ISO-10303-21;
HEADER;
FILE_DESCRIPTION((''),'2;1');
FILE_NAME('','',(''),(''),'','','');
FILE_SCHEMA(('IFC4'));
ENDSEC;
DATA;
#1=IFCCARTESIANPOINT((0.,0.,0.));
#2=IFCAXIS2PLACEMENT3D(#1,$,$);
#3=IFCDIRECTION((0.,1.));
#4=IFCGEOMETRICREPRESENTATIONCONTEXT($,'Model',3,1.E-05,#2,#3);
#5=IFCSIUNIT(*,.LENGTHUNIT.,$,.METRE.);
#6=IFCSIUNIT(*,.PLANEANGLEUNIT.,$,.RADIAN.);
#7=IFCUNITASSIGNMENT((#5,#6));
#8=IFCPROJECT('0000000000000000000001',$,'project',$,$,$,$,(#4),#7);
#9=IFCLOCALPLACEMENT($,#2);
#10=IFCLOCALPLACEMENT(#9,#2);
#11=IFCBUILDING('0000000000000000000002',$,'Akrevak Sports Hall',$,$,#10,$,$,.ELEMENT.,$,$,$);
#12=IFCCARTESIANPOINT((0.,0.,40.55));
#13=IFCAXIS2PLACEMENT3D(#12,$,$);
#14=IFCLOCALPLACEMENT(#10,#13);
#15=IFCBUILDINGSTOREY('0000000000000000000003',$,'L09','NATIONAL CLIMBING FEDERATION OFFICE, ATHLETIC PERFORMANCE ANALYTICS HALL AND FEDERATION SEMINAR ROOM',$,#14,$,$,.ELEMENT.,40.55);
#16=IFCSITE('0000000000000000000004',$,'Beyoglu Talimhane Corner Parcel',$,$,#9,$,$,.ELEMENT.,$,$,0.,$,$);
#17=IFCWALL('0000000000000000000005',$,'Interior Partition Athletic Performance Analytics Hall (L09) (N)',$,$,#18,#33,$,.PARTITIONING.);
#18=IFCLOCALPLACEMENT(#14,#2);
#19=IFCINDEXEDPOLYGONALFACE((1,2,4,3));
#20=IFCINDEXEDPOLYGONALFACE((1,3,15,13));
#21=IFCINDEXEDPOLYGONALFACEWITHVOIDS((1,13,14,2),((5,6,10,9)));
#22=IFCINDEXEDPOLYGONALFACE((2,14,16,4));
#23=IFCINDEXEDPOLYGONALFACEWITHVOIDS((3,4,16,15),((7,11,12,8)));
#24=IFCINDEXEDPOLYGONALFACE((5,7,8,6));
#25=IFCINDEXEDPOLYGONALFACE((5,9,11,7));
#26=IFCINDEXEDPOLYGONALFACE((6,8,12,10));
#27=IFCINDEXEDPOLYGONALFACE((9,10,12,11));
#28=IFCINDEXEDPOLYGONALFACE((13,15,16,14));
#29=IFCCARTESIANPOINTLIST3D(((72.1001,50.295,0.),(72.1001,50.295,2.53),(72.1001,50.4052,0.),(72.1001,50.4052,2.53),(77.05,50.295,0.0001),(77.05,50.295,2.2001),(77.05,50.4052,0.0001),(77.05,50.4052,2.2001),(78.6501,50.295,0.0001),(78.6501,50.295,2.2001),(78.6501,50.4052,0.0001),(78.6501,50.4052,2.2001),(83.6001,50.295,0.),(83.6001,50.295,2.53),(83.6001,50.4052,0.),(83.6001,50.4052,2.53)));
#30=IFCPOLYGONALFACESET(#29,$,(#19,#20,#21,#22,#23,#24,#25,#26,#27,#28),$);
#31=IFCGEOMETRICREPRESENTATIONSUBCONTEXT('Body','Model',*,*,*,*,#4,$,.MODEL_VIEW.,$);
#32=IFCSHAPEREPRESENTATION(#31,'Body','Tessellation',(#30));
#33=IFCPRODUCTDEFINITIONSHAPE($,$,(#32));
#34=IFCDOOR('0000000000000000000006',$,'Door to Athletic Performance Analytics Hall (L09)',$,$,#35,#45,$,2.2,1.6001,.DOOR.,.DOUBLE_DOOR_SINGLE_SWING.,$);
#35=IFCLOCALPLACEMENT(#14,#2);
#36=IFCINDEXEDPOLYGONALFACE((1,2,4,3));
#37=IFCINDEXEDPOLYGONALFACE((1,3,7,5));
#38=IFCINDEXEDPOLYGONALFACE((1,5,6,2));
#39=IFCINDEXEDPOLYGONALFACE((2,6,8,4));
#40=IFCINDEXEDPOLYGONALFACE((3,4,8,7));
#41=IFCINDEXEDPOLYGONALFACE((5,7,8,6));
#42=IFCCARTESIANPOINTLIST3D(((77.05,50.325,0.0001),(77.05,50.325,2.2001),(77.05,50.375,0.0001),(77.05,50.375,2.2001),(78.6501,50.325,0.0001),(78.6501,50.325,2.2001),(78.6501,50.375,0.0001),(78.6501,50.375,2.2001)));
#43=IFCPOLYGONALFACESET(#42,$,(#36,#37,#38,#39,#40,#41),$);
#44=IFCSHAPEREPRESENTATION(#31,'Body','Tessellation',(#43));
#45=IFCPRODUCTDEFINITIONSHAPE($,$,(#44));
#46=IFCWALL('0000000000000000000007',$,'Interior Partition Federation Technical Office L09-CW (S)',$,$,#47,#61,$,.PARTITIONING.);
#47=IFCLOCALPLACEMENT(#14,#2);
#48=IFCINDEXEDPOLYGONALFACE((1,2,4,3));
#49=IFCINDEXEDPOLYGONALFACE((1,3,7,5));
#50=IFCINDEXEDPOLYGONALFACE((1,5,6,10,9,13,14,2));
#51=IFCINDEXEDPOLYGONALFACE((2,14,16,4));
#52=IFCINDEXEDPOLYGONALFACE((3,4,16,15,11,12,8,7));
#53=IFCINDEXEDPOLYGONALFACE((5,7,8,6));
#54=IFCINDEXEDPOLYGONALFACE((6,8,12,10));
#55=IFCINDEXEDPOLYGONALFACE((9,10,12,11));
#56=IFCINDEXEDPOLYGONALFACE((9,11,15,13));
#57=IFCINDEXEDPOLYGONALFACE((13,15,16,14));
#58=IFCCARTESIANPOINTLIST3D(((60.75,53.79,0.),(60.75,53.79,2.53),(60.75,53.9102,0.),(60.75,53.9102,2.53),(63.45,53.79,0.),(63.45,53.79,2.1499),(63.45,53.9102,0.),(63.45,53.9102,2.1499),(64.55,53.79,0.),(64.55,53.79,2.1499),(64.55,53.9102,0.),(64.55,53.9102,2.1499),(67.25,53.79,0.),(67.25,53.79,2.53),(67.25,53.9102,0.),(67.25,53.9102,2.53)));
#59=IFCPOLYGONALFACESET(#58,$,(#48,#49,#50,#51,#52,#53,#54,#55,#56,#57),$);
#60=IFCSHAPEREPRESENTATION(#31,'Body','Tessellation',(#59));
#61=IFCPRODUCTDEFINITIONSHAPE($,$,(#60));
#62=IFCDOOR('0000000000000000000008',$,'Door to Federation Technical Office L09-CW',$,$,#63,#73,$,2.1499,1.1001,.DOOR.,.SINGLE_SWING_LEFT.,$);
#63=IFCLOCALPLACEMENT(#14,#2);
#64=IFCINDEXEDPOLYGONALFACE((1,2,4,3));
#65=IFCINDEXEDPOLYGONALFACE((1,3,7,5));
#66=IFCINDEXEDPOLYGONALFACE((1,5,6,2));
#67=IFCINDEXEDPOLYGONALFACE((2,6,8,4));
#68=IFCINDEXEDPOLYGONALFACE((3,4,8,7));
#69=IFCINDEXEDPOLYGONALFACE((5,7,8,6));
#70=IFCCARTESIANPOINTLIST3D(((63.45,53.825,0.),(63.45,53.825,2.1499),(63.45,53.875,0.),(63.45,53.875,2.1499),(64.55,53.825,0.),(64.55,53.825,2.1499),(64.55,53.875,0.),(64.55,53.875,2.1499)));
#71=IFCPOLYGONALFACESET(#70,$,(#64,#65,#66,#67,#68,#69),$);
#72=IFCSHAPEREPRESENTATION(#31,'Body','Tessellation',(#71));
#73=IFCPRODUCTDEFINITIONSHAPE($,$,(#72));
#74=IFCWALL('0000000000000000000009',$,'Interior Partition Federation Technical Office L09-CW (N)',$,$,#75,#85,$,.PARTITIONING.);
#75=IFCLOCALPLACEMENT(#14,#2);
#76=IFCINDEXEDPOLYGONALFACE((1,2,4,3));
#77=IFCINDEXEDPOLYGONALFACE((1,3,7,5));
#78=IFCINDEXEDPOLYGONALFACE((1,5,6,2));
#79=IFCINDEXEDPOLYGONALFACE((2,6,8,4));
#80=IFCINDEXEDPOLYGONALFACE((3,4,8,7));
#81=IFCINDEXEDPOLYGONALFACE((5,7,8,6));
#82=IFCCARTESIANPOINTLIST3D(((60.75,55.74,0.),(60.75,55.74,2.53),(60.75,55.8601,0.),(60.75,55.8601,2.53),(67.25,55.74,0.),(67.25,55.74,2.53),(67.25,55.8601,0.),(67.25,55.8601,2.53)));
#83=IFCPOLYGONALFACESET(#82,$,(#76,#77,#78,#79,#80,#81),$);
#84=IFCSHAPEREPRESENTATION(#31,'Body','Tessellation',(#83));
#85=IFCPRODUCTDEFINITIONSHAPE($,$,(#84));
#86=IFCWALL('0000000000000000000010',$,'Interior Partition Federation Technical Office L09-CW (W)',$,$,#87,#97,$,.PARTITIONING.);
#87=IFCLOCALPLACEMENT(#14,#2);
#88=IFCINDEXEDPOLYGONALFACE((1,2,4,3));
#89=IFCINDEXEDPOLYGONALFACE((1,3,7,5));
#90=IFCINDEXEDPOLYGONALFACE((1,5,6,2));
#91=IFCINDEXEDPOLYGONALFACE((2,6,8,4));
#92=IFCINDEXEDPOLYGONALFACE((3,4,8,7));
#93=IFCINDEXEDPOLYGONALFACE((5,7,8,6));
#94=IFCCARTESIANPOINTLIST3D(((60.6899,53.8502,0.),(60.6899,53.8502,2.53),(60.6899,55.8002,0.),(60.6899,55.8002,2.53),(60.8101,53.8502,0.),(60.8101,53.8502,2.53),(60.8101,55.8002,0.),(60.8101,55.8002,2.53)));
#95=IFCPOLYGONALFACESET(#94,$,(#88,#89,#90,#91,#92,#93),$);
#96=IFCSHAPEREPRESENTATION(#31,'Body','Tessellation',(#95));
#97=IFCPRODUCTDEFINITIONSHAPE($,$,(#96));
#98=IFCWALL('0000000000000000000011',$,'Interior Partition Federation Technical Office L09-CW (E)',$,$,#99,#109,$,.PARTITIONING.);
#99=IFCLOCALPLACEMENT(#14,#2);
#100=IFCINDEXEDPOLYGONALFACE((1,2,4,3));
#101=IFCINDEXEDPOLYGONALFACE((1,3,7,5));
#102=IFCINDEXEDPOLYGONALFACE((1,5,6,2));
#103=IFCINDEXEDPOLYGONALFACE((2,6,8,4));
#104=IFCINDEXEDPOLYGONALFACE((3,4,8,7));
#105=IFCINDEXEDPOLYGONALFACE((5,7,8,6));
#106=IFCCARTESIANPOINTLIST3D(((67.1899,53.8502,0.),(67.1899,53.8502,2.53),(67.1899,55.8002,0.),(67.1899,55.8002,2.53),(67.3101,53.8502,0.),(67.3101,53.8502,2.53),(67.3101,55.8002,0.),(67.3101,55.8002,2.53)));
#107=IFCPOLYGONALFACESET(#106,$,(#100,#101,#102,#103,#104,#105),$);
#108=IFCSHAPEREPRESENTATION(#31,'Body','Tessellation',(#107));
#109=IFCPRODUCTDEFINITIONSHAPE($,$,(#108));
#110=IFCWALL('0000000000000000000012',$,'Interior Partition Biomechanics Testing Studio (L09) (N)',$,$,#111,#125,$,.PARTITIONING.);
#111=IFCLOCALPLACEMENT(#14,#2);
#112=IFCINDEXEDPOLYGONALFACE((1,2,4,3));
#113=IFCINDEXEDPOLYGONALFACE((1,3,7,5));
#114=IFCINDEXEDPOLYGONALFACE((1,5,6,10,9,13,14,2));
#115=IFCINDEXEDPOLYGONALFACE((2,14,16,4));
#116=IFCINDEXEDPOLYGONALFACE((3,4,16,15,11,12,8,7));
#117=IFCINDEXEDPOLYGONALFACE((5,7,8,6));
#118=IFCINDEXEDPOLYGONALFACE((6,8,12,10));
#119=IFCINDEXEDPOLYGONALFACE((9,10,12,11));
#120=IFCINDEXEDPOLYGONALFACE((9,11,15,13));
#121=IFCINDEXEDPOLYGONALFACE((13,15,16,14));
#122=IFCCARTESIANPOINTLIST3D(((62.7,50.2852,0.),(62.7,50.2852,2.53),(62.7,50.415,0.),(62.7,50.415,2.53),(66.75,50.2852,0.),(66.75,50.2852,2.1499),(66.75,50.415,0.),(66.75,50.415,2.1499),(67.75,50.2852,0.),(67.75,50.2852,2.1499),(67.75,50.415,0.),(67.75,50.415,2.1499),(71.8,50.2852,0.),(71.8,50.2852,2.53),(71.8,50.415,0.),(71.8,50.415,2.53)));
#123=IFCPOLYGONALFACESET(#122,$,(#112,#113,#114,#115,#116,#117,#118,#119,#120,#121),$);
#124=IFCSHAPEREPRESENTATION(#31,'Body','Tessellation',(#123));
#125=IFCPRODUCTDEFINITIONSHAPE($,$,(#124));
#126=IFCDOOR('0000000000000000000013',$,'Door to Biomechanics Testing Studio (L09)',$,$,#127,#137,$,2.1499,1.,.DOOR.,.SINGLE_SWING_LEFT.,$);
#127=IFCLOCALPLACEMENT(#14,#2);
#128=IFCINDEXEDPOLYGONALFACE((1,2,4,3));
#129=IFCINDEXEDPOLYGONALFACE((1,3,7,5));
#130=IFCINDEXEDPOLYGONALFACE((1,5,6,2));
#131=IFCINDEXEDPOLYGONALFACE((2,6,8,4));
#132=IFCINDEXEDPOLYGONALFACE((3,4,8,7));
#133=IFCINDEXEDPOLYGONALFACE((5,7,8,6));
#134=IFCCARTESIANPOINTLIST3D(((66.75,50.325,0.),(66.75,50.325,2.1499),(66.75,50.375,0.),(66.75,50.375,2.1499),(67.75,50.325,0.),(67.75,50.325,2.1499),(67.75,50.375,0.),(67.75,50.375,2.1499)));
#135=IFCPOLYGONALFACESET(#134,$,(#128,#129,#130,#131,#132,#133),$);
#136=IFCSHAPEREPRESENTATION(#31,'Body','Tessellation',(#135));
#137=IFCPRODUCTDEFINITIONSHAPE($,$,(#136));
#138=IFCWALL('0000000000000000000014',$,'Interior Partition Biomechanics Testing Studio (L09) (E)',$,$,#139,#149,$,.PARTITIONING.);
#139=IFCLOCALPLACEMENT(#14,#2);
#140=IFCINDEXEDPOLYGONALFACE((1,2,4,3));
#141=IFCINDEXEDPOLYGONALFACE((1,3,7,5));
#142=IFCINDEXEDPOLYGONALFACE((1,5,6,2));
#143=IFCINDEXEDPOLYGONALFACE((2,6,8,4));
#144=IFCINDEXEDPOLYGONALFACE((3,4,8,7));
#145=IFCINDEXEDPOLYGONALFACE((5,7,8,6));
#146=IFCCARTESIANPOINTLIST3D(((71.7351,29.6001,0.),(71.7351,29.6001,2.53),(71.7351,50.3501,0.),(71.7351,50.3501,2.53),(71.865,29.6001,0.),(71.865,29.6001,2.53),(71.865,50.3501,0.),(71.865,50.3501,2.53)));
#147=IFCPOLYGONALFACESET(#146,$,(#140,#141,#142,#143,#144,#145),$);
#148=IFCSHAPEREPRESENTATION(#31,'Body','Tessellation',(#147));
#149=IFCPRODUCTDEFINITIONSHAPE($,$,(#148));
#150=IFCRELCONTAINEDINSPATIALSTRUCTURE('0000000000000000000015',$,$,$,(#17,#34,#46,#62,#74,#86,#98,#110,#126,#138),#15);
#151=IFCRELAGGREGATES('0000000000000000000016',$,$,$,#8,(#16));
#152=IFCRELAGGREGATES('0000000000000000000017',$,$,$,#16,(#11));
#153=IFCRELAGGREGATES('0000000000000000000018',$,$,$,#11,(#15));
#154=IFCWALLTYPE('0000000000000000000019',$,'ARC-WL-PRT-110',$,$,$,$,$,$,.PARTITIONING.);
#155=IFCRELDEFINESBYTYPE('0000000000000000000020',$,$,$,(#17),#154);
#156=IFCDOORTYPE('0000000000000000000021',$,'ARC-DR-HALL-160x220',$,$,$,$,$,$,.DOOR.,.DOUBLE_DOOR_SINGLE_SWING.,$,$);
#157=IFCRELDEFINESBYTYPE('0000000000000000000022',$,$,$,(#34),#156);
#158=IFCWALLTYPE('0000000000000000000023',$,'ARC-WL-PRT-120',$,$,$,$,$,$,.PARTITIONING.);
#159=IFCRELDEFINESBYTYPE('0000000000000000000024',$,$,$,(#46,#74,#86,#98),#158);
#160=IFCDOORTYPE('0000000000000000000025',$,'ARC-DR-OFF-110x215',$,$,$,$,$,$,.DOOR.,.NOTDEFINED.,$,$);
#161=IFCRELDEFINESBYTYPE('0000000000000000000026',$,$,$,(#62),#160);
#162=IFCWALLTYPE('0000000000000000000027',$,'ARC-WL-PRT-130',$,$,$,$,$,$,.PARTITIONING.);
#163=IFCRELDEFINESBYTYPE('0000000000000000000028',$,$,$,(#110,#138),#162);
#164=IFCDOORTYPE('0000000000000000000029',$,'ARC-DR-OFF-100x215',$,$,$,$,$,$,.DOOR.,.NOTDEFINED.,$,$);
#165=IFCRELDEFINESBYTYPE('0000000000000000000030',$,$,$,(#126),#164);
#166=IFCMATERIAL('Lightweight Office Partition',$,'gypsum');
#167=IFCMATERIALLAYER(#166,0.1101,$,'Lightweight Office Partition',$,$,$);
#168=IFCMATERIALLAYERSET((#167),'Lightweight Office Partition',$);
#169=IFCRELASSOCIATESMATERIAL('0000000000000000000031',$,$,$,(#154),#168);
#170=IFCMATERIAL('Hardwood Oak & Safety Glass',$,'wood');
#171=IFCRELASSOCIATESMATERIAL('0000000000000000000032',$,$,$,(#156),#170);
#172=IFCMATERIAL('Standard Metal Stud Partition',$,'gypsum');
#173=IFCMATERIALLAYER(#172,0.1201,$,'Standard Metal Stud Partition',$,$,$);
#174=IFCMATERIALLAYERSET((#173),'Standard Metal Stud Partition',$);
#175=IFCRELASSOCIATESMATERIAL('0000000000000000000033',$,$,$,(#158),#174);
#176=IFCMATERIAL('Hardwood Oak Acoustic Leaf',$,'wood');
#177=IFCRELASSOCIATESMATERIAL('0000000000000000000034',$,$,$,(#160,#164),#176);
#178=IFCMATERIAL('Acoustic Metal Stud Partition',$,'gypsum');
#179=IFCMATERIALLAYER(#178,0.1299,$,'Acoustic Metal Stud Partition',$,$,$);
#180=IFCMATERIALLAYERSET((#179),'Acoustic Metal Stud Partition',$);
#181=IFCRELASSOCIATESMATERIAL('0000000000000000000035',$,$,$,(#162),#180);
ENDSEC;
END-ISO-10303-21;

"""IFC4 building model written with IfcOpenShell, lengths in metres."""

from ifc_helpers import new_model, si_unit, direction, frame, frame_2d, origin, place, context, subcontext, project, spatial, rectangle, extrude, material, layer, layer_set, type_object, element, fill, save


model = new_model("IFC4")

# Units and contexts
model_context = context("Model", 3, precision=1e-05, world=origin(), true_north=direction((0.0, 1.0)))
body_context = subcontext(model_context, "Body", "Model", "MODEL_VIEW")
ifc_project = project(units=[si_unit("LENGTHUNIT", "METRE"), si_unit("PLANEANGLEUNIT", "RADIAN")], contexts=[model_context])

# Site, building, storey
site_placement = place(None, origin())
site = spatial("IfcSite", under=ifc_project, at=site_placement, Name="Beyoglu Talimhane Corner Parcel", CompositionType="ELEMENT", RefElevation=0.0)
building_placement = place(site_placement, origin())
building = spatial("IfcBuilding", under=site, at=building_placement, Name="Akrevak Sports Hall", CompositionType="ELEMENT")
storey_placement = place(building_placement, frame((0.0, 0.0, 40.55)))
storey = spatial("IfcBuildingStorey", under=building, at=storey_placement, Name="L09", Description="NATIONAL CLIMBING FEDERATION OFFICE, ATHLETIC PERFORMANCE ANALYTICS HALL AND FEDERATION SEMINAR ROOM", CompositionType="ELEMENT", Elevation=40.55)

# Walls, openings, doors
ifc_material_1 = material(Name="Lightweight Office Partition", Category="gypsum")
ifc_layer_1 = layer(ifc_material_1, 0.1101, Name="Lightweight Office Partition")
ifc_layer_set_1 = layer_set([ifc_layer_1], Name="Lightweight Office Partition")
wall_type_1 = type_object("IfcWallType", Name="ARC-WL-PRT-110", PredefinedType="PARTITIONING", material=ifc_layer_set_1)
wall_1_placement = place(storey_placement, frame((72.1001, 50.3501, 0.0), z_axis=(0.0, 0.0, 1.0), x_axis=(1.0, 0.0, 0.0)))
wall_1 = element("IfcWall", 1, at=wall_1_placement, inside=storey, type_object=wall_type_1, Name="Interior Partition Athletic Performance Analytics Hall (L09) (N)", PredefinedType="PARTITIONING", context=body_context, shape_type="SweptSolid", body=[
    extrude(rectangle(XDim=11.5, YDim=0.1101, at=frame_2d((5.75, 0.0))), origin(), (0.0, 0.0, 1.0), 2.53),
])
opening_1_placement = place(wall_1_placement, frame((4.95, 0.0, 0.0)))
opening_1 = element("IfcOpeningElement", 2, at=opening_1_placement, cuts=wall_1, PredefinedType="OPENING", context=body_context, shape_type="SweptSolid", body=[
    extrude(rectangle(XDim=1.6001, YDim=2.2, at=frame_2d((0.8, 1.1001))), frame((0.0, 0.0669, 0.0), z_axis=(0.0, -1.0, 0.0), x_axis=(1.0, 0.0, 0.0)), (0.0, 0.0, 1.0), 0.134),
])
ifc_material_2 = material(Name="Hardwood Oak & Safety Glass", Category="wood")
door_type_1 = type_object("IfcDoorType", Name="ARC-DR-HALL-160x220", OperationType="DOUBLE_DOOR_SINGLE_SWING", PredefinedType="DOOR", material=ifc_material_2)
door_1_placement = place(opening_1_placement, origin())
door_1 = element("IfcDoor", 3, at=door_1_placement, inside=storey, type_object=door_type_1, Name="Door to Athletic Performance Analytics Hall (L09)", OperationType="DOUBLE_DOOR_SINGLE_SWING", OverallHeight=2.2, OverallWidth=1.6001, PredefinedType="DOOR", context=body_context, shape_type="SweptSolid", body=[
    extrude(rectangle(XDim=1.6001, YDim=2.2, at=frame_2d((0.8, 1.1001))), frame((0.0, 0.0249, 0.0), z_axis=(0.0, -1.0, 0.0), x_axis=(1.0, 0.0, 0.0)), (0.0, 0.0, 1.0), 0.05),
])
fill(opening_1, door_1)
ifc_material_3 = material(Name="Standard Metal Stud Partition", Category="gypsum")
ifc_layer_2 = layer(ifc_material_3, 0.1201, Name="Standard Metal Stud Partition")
ifc_layer_set_2 = layer_set([ifc_layer_2], Name="Standard Metal Stud Partition")
wall_type_2 = type_object("IfcWallType", Name="ARC-WL-PRT-120", PredefinedType="PARTITIONING", material=ifc_layer_set_2)
wall_2_placement = place(storey_placement, frame((60.75, 53.8501, 0.0), z_axis=(0.0, 0.0, 1.0), x_axis=(1.0, 0.0, 0.0)))
wall_2 = element("IfcWall", 4, at=wall_2_placement, inside=storey, type_object=wall_type_2, Name="Interior Partition Federation Technical Office L09-CW (S)", PredefinedType="PARTITIONING", context=body_context, shape_type="SweptSolid", body=[
    extrude(rectangle(XDim=6.5, YDim=0.1201, at=frame_2d((3.25, 0.0))), origin(), (0.0, 0.0, 1.0), 2.53),
])
opening_2_placement = place(wall_2_placement, frame((2.7, 0.0, 0.0)))
opening_2 = element("IfcOpeningElement", 5, at=opening_2_placement, cuts=wall_2, PredefinedType="OPENING", context=body_context, shape_type="SweptSolid", body=[
    extrude(rectangle(XDim=1.1001, YDim=2.1499, at=frame_2d((0.55, 1.075))), frame((0.0, 0.072, 0.0), z_axis=(0.0, -1.0, 0.0), x_axis=(1.0, 0.0, 0.0)), (0.0, 0.0, 1.0), 0.144),
])
ifc_material_4 = material(Name="Hardwood Oak Acoustic Leaf", Category="wood")
door_type_2 = type_object("IfcDoorType", Name="ARC-DR-OFF-110x215", OperationType="NOTDEFINED", PredefinedType="DOOR", material=ifc_material_4)
door_2_placement = place(opening_2_placement, origin())
door_2 = element("IfcDoor", 6, at=door_2_placement, inside=storey, type_object=door_type_2, Name="Door to Federation Technical Office L09-CW", OperationType="SINGLE_SWING_LEFT", OverallHeight=2.1499, OverallWidth=1.1001, PredefinedType="DOOR", context=body_context, shape_type="SweptSolid", body=[
    extrude(rectangle(XDim=1.1001, YDim=2.1499, at=frame_2d((0.55, 1.075))), frame((0.0, 0.0249, 0.0), z_axis=(0.0, -1.0, 0.0), x_axis=(1.0, 0.0, 0.0)), (0.0, 0.0, 1.0), 0.05),
])
fill(opening_2, door_2)

# Walls
wall_3_placement = place(storey_placement, frame((60.75, 55.8, 0.0), z_axis=(0.0, 0.0, 1.0), x_axis=(1.0, 0.0, 0.0)))
element("IfcWall", 7, at=wall_3_placement, inside=storey, type_object=wall_type_2, Name="Interior Partition Federation Technical Office L09-CW (N)", PredefinedType="PARTITIONING", context=body_context, shape_type="SweptSolid", body=[
    extrude(rectangle(XDim=6.5, YDim=0.1201, at=frame_2d((3.25, 0.0))), origin(), (0.0, 0.0, 1.0), 2.53),
])
for number, where, z_axis, x_axis, name in (
    (8, (60.75, 53.8501, 0.0), (0.0, 0.0, 1.0), (0.0, 1.0, 0.0), "Interior Partition Federation Technical Office L09-CW (W)"),
    (9, (67.25, 53.8501, 0.0), (0.0, 0.0, 1.0), (0.0, 1.0, 0.0), "Interior Partition Federation Technical Office L09-CW (E)"),
):
    element("IfcWall", number, at=place(storey_placement, frame(where, z_axis=z_axis, x_axis=x_axis)), inside=storey, type_object=wall_type_2, Name=name, PredefinedType="PARTITIONING", context=body_context, shape_type="SweptSolid", body=[
        extrude(rectangle(XDim=1.95, YDim=0.1201, at=frame_2d((0.9751, 0.0))), origin(), (0.0, 0.0, 1.0), 2.53),
    ])

# Wall, opening, door
ifc_material_5 = material(Name="Acoustic Metal Stud Partition", Category="gypsum")
ifc_layer_3 = layer(ifc_material_5, 0.1299, Name="Acoustic Metal Stud Partition")
ifc_layer_set_3 = layer_set([ifc_layer_3], Name="Acoustic Metal Stud Partition")
wall_type_3 = type_object("IfcWallType", Name="ARC-WL-PRT-130", PredefinedType="PARTITIONING", material=ifc_layer_set_3)
wall_4_placement = place(storey_placement, frame((62.7, 50.3501, 0.0), z_axis=(0.0, 0.0, 1.0), x_axis=(1.0, 0.0, 0.0)))
wall_4 = element("IfcWall", 10, at=wall_4_placement, inside=storey, type_object=wall_type_3, Name="Interior Partition Biomechanics Testing Studio (L09) (N)", PredefinedType="PARTITIONING", context=body_context, shape_type="SweptSolid", body=[
    extrude(rectangle(XDim=9.1001, YDim=0.1299, at=frame_2d((4.55, 0.0))), origin(), (0.0, 0.0, 1.0), 2.53),
])
opening_3_placement = place(wall_4_placement, frame((4.05, 0.0, 0.0)))
opening_3 = element("IfcOpeningElement", 11, at=opening_3_placement, cuts=wall_4, PredefinedType="OPENING", context=body_context, shape_type="SweptSolid", body=[
    extrude(rectangle(XDim=1.0, YDim=2.1499, at=frame_2d((0.5, 1.075))), frame((0.0, 0.0769, 0.0), z_axis=(0.0, -1.0, 0.0), x_axis=(1.0, 0.0, 0.0)), (0.0, 0.0, 1.0), 0.1538),
])
door_type_3 = type_object("IfcDoorType", Name="ARC-DR-OFF-100x215", OperationType="NOTDEFINED", PredefinedType="DOOR", material=ifc_material_4)
door_3_placement = place(opening_3_placement, origin())
door_3 = element("IfcDoor", 12, at=door_3_placement, inside=storey, type_object=door_type_3, Name="Door to Biomechanics Testing Studio (L09)", OperationType="SINGLE_SWING_LEFT", OverallHeight=2.1499, OverallWidth=1.0, PredefinedType="DOOR", context=body_context, shape_type="SweptSolid", body=[
    extrude(rectangle(XDim=1.0, YDim=2.1499, at=frame_2d((0.5, 1.075))), frame((0.0, 0.0249, 0.0), z_axis=(0.0, -1.0, 0.0), x_axis=(1.0, 0.0, 0.0)), (0.0, 0.0, 1.0), 0.05),
])
fill(opening_3, door_3)

# Wall
wall_5_placement = place(storey_placement, frame((71.8, 29.6001, 0.0), z_axis=(0.0, 0.0, 1.0), x_axis=(0.0, 1.0, 0.0)))
element("IfcWall", 13, at=wall_5_placement, inside=storey, type_object=wall_type_3, Name="Interior Partition Biomechanics Testing Studio (L09) (E)", PredefinedType="PARTITIONING", context=body_context, shape_type="SweptSolid", body=[
    extrude(rectangle(XDim=20.75, YDim=0.1299, at=frame_2d((10.375, 0.0))), origin(), (0.0, 0.0, 1.0), 2.53),
])

save(model, "model.ifc")
